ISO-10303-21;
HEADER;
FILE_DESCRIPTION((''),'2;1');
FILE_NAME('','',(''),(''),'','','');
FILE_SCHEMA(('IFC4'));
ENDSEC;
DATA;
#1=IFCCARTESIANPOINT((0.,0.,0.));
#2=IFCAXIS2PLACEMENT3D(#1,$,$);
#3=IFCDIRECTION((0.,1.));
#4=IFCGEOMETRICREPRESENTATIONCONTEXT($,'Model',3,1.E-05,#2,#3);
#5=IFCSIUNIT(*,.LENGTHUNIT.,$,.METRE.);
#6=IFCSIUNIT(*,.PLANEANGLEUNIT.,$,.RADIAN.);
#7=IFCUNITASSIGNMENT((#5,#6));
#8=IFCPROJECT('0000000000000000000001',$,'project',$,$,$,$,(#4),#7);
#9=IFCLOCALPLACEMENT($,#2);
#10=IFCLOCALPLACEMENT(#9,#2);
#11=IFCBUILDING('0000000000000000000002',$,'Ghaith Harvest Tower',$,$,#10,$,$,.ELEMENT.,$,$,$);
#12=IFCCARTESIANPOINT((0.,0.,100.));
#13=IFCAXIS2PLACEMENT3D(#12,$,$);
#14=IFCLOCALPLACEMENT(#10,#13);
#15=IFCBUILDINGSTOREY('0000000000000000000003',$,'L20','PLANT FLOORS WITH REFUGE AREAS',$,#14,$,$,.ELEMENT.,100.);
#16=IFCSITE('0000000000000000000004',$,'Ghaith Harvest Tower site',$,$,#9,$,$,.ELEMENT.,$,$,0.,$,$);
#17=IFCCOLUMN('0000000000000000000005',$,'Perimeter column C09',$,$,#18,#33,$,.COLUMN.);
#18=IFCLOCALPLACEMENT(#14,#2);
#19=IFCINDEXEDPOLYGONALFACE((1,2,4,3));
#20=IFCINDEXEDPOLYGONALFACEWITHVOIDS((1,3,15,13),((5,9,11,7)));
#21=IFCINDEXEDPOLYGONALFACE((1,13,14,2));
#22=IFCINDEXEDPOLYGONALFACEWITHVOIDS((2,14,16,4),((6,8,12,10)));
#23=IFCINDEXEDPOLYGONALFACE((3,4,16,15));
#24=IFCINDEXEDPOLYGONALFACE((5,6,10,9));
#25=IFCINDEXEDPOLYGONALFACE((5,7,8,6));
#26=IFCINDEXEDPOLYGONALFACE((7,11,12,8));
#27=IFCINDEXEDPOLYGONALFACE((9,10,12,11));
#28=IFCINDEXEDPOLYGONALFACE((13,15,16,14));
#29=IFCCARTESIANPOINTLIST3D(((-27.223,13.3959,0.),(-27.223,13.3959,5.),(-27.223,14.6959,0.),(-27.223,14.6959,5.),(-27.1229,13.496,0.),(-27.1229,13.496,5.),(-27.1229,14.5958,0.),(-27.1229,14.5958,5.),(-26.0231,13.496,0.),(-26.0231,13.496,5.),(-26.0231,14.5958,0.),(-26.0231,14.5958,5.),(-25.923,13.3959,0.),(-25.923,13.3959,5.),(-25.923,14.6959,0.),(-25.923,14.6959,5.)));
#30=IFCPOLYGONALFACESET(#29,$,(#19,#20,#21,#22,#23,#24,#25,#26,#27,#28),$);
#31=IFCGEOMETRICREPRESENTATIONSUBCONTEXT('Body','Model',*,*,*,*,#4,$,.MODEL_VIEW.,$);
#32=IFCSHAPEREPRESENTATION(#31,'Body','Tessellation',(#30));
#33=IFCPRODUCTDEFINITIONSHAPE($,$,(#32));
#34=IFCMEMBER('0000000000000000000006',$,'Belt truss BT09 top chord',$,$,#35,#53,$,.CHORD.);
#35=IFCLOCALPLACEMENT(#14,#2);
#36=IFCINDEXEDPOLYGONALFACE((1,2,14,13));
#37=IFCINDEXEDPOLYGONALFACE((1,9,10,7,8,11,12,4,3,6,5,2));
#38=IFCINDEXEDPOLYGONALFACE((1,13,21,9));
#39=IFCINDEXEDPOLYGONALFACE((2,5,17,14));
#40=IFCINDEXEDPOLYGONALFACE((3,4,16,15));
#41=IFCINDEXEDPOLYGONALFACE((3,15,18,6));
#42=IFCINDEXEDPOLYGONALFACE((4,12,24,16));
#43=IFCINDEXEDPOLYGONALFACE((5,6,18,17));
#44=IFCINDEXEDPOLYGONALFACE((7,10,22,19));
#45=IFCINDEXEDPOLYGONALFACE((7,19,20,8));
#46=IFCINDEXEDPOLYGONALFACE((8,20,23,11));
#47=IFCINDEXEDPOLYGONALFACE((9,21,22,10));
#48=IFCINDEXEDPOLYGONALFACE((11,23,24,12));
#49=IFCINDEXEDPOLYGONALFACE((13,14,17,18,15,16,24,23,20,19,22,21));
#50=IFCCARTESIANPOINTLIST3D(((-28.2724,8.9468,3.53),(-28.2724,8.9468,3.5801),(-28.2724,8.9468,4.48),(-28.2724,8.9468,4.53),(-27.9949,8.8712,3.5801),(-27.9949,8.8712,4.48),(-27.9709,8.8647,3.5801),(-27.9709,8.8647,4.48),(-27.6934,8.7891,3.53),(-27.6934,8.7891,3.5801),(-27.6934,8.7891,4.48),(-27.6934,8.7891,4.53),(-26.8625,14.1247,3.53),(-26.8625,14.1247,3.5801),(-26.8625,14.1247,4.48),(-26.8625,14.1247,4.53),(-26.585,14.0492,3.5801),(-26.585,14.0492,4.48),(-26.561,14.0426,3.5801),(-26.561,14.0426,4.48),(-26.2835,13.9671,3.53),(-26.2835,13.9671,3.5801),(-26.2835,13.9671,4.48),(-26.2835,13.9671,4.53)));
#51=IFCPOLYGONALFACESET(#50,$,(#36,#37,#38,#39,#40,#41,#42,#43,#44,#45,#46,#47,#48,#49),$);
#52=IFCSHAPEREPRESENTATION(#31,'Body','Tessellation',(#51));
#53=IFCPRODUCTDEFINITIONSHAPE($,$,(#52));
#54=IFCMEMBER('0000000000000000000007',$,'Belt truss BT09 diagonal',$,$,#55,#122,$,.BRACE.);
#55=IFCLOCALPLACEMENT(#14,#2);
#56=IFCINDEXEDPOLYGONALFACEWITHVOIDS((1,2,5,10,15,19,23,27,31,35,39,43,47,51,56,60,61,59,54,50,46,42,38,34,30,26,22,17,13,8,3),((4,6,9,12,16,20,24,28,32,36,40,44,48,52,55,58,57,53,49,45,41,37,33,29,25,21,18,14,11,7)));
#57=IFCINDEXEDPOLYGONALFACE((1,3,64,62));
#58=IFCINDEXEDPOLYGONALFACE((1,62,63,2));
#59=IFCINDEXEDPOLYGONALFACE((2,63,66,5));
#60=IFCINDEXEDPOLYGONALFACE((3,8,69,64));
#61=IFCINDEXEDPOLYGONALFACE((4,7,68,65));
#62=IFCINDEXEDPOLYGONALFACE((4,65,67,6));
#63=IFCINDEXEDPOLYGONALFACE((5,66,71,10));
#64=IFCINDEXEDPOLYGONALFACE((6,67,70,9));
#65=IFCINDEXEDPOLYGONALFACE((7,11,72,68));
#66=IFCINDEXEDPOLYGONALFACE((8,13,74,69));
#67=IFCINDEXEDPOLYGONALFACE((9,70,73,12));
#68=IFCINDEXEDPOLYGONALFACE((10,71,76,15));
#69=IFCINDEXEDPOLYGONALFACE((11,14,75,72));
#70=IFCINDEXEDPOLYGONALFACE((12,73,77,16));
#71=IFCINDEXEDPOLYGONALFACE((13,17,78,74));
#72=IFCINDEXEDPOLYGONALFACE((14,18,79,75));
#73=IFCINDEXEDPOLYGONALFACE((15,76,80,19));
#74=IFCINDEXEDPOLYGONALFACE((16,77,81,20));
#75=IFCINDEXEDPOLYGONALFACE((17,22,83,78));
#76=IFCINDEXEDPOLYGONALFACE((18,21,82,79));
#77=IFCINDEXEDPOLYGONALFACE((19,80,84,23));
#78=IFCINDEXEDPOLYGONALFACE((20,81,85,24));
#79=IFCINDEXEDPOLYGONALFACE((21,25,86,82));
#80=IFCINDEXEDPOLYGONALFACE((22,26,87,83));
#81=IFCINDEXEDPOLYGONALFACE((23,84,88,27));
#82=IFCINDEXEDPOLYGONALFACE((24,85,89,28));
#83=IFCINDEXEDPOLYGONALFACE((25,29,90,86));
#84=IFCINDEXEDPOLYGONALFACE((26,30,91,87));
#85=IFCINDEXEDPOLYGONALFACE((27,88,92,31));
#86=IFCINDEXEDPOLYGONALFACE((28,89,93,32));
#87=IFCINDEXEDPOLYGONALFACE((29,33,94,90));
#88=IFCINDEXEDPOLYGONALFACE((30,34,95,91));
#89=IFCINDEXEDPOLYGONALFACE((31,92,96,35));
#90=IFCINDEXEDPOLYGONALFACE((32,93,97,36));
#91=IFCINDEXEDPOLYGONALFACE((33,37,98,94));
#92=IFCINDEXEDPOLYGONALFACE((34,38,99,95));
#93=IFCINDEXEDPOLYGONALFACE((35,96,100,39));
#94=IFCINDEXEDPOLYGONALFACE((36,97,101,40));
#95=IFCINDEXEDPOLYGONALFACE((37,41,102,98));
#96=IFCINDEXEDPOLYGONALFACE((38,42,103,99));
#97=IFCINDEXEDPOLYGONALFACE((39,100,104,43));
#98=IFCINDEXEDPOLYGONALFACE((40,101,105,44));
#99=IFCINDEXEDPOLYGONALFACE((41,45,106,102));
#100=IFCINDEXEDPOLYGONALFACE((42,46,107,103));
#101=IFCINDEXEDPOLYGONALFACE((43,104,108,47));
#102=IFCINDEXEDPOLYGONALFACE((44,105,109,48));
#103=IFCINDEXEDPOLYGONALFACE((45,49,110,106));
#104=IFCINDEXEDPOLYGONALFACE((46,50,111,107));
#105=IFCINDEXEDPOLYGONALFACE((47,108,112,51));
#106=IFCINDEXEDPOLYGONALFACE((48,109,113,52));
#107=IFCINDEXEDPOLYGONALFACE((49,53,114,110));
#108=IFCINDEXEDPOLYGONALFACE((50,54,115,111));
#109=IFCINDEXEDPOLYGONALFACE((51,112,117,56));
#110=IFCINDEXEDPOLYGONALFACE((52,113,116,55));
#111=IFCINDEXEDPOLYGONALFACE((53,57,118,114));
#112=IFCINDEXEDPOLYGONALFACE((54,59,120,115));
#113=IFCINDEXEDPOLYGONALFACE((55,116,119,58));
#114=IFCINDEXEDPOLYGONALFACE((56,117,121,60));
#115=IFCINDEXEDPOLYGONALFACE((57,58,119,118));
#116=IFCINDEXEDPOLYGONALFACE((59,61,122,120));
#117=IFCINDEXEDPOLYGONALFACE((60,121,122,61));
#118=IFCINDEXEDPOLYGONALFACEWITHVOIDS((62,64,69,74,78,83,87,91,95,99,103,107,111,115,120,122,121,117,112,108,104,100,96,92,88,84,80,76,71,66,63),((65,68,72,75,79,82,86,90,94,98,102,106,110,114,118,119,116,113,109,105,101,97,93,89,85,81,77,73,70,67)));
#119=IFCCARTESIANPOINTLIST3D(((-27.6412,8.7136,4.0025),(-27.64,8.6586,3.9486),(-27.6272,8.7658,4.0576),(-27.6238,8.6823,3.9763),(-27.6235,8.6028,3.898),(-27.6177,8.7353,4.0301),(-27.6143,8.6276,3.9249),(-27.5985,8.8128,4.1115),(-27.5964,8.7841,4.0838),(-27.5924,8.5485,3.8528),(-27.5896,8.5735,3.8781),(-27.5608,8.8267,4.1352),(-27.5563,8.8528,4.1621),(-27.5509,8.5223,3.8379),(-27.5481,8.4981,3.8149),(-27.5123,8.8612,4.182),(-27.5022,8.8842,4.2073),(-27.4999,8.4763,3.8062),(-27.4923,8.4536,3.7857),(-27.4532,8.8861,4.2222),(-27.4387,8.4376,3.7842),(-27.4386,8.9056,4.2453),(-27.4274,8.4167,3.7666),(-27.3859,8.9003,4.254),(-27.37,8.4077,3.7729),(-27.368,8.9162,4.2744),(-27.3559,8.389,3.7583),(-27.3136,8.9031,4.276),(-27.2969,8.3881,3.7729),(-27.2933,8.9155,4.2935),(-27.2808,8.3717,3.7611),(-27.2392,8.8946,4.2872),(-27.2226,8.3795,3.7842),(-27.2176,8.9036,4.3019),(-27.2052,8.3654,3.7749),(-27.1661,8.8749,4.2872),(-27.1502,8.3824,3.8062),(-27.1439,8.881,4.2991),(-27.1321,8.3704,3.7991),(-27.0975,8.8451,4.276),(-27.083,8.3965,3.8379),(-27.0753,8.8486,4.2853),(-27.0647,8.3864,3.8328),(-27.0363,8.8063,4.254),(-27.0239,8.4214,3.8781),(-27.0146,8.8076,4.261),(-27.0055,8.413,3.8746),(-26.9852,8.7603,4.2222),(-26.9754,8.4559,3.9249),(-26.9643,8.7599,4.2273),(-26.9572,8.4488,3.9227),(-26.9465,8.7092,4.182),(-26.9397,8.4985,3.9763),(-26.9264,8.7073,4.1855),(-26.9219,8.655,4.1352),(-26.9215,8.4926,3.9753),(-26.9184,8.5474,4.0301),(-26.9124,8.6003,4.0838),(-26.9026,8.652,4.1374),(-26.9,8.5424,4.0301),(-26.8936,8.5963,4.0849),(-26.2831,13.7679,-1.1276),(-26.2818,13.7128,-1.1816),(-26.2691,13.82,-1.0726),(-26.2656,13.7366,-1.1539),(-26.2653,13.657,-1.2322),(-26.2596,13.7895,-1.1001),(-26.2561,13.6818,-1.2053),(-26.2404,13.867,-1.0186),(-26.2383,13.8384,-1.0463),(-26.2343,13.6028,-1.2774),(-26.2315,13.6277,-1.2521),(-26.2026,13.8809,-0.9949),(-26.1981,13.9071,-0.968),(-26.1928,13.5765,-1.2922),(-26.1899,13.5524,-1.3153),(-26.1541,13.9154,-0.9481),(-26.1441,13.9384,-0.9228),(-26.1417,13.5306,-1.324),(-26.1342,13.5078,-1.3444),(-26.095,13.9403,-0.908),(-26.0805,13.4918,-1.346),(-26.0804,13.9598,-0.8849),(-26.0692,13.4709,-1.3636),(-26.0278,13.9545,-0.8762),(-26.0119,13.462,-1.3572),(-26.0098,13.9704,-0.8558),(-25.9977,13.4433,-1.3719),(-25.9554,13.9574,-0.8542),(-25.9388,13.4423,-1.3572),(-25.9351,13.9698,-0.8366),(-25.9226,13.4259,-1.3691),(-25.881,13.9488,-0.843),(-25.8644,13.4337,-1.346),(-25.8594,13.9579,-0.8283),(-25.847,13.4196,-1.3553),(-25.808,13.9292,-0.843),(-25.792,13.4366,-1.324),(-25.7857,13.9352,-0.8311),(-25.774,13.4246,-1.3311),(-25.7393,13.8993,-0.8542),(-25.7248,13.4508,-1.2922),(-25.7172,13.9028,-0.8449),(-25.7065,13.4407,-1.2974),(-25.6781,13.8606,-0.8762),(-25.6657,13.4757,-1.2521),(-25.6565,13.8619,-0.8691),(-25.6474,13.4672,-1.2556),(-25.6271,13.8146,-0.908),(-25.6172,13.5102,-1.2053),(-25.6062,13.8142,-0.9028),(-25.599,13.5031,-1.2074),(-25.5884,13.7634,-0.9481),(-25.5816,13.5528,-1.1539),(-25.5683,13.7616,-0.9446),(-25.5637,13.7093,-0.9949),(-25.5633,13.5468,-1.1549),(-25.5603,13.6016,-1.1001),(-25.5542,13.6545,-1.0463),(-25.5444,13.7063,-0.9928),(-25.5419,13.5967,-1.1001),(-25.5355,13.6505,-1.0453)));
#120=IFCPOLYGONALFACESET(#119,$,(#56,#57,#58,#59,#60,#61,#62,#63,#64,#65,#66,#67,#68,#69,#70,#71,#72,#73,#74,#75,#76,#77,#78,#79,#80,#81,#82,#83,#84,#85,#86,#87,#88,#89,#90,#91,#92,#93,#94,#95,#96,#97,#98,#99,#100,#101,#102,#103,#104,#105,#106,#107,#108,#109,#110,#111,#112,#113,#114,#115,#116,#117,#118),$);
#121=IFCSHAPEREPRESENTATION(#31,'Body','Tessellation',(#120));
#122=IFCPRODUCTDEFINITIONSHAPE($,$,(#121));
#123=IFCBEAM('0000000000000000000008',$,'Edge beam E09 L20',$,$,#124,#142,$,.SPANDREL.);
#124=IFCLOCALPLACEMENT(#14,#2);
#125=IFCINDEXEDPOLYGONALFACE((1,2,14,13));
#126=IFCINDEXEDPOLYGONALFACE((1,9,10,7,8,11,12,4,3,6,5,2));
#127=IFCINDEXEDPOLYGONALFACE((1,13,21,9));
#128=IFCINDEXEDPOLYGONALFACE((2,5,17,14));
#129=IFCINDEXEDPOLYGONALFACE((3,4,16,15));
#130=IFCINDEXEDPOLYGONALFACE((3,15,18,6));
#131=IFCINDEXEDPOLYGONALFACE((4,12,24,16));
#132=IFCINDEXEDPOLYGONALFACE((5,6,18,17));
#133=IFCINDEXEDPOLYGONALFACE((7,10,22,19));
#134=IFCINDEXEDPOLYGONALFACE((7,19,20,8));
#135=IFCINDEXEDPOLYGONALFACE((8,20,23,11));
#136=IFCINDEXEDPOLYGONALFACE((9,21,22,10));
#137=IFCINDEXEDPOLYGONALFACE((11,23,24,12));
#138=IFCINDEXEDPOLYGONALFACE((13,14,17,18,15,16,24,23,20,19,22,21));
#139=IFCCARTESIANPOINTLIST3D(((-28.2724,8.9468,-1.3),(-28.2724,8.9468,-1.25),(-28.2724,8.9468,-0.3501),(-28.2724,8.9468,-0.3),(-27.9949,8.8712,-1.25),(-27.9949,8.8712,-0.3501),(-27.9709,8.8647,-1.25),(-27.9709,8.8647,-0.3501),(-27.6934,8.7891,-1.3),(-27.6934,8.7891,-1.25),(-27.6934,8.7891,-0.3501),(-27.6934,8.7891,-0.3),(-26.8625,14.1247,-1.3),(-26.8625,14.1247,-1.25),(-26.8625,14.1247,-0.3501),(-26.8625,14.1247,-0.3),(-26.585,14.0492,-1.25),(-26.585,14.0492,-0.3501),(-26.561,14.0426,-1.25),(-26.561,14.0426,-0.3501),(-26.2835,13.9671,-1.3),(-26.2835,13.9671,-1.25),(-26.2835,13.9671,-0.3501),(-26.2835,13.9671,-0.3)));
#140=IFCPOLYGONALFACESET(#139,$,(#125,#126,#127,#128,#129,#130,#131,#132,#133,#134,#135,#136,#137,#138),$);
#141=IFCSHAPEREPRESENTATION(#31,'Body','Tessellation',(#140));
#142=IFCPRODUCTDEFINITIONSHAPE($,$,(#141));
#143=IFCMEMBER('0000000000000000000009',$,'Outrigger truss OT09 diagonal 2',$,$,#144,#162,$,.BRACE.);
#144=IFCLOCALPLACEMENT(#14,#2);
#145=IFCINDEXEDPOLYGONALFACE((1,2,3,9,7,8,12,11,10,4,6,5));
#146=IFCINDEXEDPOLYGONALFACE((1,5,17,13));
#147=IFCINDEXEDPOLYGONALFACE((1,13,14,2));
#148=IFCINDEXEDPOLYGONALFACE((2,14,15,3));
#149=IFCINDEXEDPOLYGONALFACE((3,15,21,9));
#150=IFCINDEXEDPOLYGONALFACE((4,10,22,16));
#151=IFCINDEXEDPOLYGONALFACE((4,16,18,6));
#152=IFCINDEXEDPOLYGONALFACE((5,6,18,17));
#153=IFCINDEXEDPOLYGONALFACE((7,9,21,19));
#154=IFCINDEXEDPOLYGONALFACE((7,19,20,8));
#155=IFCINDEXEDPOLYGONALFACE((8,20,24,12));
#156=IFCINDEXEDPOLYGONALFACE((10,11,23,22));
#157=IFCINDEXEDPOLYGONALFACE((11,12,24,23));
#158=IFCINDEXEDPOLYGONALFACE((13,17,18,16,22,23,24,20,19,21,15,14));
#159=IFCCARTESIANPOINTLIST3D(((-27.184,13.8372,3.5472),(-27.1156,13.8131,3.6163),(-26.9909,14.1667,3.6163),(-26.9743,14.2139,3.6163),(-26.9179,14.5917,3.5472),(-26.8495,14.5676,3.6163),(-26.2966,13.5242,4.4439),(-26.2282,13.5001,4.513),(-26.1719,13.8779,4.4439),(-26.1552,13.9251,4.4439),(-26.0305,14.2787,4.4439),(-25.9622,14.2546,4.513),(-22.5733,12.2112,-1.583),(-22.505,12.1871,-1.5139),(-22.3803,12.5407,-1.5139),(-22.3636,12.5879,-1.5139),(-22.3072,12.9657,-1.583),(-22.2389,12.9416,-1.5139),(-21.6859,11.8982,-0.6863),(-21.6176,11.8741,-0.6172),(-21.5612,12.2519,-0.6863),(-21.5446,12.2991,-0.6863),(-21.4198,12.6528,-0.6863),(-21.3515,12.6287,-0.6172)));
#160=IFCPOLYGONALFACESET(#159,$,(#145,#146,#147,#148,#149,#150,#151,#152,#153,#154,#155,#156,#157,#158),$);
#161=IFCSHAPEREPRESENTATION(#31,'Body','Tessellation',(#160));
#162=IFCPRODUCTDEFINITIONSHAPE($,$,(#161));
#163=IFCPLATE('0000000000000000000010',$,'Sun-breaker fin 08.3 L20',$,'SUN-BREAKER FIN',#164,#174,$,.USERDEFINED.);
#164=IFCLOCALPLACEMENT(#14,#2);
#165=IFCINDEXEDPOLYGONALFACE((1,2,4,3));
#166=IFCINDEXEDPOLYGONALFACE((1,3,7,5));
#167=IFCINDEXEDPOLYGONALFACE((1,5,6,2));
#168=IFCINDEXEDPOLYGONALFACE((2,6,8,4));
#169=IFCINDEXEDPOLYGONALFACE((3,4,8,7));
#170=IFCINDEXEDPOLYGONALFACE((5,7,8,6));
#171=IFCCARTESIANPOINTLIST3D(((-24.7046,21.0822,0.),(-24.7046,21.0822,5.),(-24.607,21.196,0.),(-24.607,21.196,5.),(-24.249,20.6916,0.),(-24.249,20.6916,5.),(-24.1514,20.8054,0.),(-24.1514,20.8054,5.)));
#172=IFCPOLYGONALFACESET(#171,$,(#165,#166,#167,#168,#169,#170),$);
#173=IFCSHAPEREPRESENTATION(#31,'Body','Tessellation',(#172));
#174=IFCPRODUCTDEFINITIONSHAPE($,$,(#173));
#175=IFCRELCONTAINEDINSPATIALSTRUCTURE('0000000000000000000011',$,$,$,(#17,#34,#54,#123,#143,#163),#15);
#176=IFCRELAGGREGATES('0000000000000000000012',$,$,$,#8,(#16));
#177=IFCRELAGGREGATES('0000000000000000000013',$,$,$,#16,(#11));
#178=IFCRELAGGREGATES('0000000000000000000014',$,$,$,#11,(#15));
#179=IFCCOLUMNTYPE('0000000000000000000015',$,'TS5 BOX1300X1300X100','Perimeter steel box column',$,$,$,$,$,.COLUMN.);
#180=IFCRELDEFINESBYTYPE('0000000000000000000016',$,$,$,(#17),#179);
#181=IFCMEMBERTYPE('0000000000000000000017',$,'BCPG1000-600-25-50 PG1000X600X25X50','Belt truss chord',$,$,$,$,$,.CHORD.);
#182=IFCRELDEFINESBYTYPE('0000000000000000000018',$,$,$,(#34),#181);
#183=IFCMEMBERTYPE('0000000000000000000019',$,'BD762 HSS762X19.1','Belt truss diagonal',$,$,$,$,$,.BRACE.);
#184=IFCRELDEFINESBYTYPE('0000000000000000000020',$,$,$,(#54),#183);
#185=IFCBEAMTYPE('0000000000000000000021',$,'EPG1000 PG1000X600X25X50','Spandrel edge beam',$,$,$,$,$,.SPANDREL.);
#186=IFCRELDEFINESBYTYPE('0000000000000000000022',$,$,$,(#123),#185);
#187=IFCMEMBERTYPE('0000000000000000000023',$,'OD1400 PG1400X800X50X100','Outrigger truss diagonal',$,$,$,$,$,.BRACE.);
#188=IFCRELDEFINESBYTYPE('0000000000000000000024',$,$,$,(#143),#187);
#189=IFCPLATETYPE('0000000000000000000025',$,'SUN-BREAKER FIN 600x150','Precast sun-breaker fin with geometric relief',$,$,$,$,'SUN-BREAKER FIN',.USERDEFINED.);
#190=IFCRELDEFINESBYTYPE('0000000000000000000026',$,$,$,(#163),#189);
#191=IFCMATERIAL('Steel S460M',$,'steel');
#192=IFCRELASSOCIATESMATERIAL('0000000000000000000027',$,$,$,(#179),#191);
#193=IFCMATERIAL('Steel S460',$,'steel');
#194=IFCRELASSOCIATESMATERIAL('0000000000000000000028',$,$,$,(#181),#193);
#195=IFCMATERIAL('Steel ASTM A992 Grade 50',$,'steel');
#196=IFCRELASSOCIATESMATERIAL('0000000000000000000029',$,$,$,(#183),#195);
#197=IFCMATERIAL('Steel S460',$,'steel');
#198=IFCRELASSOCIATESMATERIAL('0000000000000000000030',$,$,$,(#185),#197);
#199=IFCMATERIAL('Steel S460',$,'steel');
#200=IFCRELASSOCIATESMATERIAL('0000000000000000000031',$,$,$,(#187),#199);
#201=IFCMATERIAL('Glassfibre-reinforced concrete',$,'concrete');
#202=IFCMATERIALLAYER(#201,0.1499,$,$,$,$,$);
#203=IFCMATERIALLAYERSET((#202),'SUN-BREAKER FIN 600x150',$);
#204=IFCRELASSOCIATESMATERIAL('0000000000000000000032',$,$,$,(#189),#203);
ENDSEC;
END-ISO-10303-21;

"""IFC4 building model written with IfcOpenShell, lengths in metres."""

from ifc_helpers import new_model, si_unit, direction, frame, origin, origin_2d, place, context, subcontext, project, spatial, rectangle, hollow_rectangle, hollow_circle, i_section, extrude, material, layer, layer_set, material_profile, profile_set, type_object, element, save


model = new_model("IFC4")

# Units and contexts
model_context = context("Model", 3, precision=1e-05, world=origin(), true_north=direction((0.0, 1.0)))
body_context = subcontext(model_context, "Body", "Model", "MODEL_VIEW")
ifc_project = project(units=[si_unit("LENGTHUNIT", "METRE"), si_unit("PLANEANGLEUNIT", "RADIAN")], contexts=[model_context])

# Site, building, storey
site_placement = place(None, origin())
site = spatial("IfcSite", under=ifc_project, at=site_placement, Name="Ghaith Harvest Tower site", CompositionType="ELEMENT", RefElevation=0.0)
building_placement = place(site_placement, origin())
building = spatial("IfcBuilding", under=site, at=building_placement, Name="Ghaith Harvest Tower", CompositionType="ELEMENT")
storey_placement = place(building_placement, frame((0.0, 0.0, 100.0)))
storey = spatial("IfcBuildingStorey", under=building, at=storey_placement, Name="L20", Description="PLANT FLOORS WITH REFUGE AREAS", CompositionType="ELEMENT", Elevation=100.0)

# Column
ifc_material_1 = material(Name="Steel S460M", Category="steel")
ifc_material_profile_1 = material_profile(ifc_material_1, hollow_rectangle(XDim=1.3, YDim=1.3, WallThickness=0.1001, at=origin_2d()), Name="BOX1300X1300X100")
ifc_profile_set_1 = profile_set([ifc_material_profile_1], Name="Steel S460M")
column_type = type_object("IfcColumnType", Name="TS5 BOX1300X1300X100", Description="Perimeter steel box column", PredefinedType="COLUMN", material=ifc_profile_set_1)
column_placement = place(storey_placement, frame((-26.573, 14.0459, 0.0), z_axis=(0.0, 0.0, 1.0), x_axis=(1.0, 0.0, 0.0)))
element("IfcColumn", 1, at=column_placement, inside=storey, type_object=column_type, Name="Perimeter column C09", PredefinedType="COLUMN", context=body_context, shape_type="SweptSolid", body=[
    extrude(hollow_rectangle(XDim=1.3, YDim=1.3, WallThickness=0.1001, at=origin_2d()), origin(), (0.0, 0.0, 1.0), 5.0),
])

# Members
ifc_material_2 = material(Name="Steel S460", Category="steel")
ifc_material_profile_2 = material_profile(ifc_material_2, i_section(OverallWidth=0.6001, OverallDepth=1.0, WebThickness=0.0249, FlangeThickness=0.05, at=origin_2d()), Name="PG1000X600X25X50")
ifc_profile_set_2 = profile_set([ifc_material_profile_2], Name="Steel S460")
member_type_1 = type_object("IfcMemberType", Name="BCPG1000-600-25-50 PG1000X600X25X50", Description="Belt truss chord", PredefinedType="CHORD", material=ifc_profile_set_2)
member_1_placement = place(storey_placement, frame((-26.573, 14.0459, 4.03), z_axis=(-0.262725, -0.964871, 0.0), x_axis=(0.964871, -0.262725, 0.0)))
element("IfcMember", 2, at=member_1_placement, inside=storey, type_object=member_type_1, Name="Belt truss BT09 top chord", PredefinedType="CHORD", context=body_context, shape_type="SweptSolid", body=[
    extrude(i_section(OverallWidth=0.6001, OverallDepth=1.0, WebThickness=0.0249, FlangeThickness=0.05, at=origin_2d()), origin(), (0.0, 0.0, 1.0), 5.3665),
])
ifc_material_3 = material(Name="Steel ASTM A992 Grade 50", Category="steel")
ifc_material_profile_3 = material_profile(ifc_material_3, hollow_circle(Radius=0.3811, WallThickness=0.019, at=origin_2d()), Name="HSS762X19.1")
ifc_profile_set_3 = profile_set([ifc_material_profile_3], Name="Steel ASTM A992 Grade 50")
member_type_2 = type_object("IfcMemberType", Name="BD762 HSS762X19.1", Description="Belt truss diagonal", PredefinedType="BRACE", material=ifc_profile_set_3)
member_2_placement = place(storey_placement, frame((-25.9099, 13.6956, -1.1001), z_axis=(-0.185324, -0.689658, 0.700019), x_axis=(0.96574, -0.259512, 0.0)))
element("IfcMember", 3, at=member_2_placement, inside=storey, type_object=member_type_2, Name="Belt truss BT09 diagonal", PredefinedType="BRACE", context=body_context, shape_type="SweptSolid", body=[
    extrude(hollow_circle(Radius=0.3811, WallThickness=0.019, at=origin_2d()), origin(), (0.0, 0.0, 1.0), 7.3286),
])

# Beam
ifc_material_4 = material(Name="Steel S460", Category="steel")
ifc_material_profile_4 = material_profile(ifc_material_4, i_section(OverallWidth=0.6001, OverallDepth=1.0, WebThickness=0.0249, FlangeThickness=0.05, at=origin_2d()), Name="PG1000X600X25X50")
ifc_profile_set_4 = profile_set([ifc_material_profile_4], Name="Steel S460")
beam_type = type_object("IfcBeamType", Name="EPG1000 PG1000X600X25X50", Description="Spandrel edge beam", PredefinedType="SPANDREL", material=ifc_profile_set_4)
beam_placement = place(storey_placement, frame((-26.573, 14.0459, -0.8), z_axis=(-0.262725, -0.964871, 0.0), x_axis=(0.964871, -0.262725, 0.0)))
element("IfcBeam", 4, at=beam_placement, inside=storey, type_object=beam_type, Name="Edge beam E09 L20", PredefinedType="SPANDREL", context=body_context, shape_type="SweptSolid", body=[
    extrude(i_section(OverallWidth=0.6001, OverallDepth=1.0, WebThickness=0.0249, FlangeThickness=0.05, at=origin_2d()), origin(), (0.0, 0.0, 1.0), 5.3665),
])

# Member
ifc_material_5 = material(Name="Steel S460", Category="steel")
ifc_material_profile_5 = material_profile(ifc_material_5, i_section(OverallWidth=0.8, OverallDepth=1.3999, WebThickness=0.05, FlangeThickness=0.1001, at=origin_2d()), Name="PG1400X800X50X100")
ifc_profile_set_5 = profile_set([ifc_material_profile_5], Name="Steel S460")
member_type_3 = type_object("IfcMemberType", Name="OD1400 PG1400X800X50X100", Description="Outrigger truss diagonal", PredefinedType="BRACE", material=ifc_profile_set_5)
member_3_placement = place(storey_placement, frame((-21.9624, 12.4199, -1.1001), z_axis=(-0.65061, 0.229445, 0.723922), x_axis=(-0.332585, -0.943073, 0.0)))
element("IfcMember", 5, at=member_3_placement, inside=storey, type_object=member_type_3, Name="Outrigger truss OT09 diagonal 2", PredefinedType="BRACE", context=body_context, shape_type="SweptSolid", body=[
    extrude(i_section(OverallWidth=0.8, OverallDepth=1.3999, WebThickness=0.05, FlangeThickness=0.1001, at=origin_2d()), origin(), (0.0, 0.0, 1.0), 7.0867),
])

# Plate
ifc_material_6 = material(Name="Glassfibre-reinforced concrete", Category="concrete")
ifc_layer_1 = layer(ifc_material_6, 0.1499)
ifc_layer_set_1 = layer_set([ifc_layer_1], Name="SUN-BREAKER FIN 600x150")
plate_type = type_object("IfcPlateType", Name="SUN-BREAKER FIN 600x150", Description="Precast sun-breaker fin with geometric relief", ElementType="SUN-BREAKER FIN", PredefinedType="USERDEFINED", material=ifc_layer_set_1)
for number, where, z_axis, x_axis, name in (
    (6, (-24.428, 20.9438, 0.0), (0.0, 0.0, 1.0), (-0.75917, 0.650893, 0.0), "Sun-breaker fin 08.3 L20"),
):
    element("IfcPlate", number, at=place(storey_placement, frame(where, z_axis=z_axis, x_axis=x_axis)), inside=storey, type_object=plate_type, Name=name, ObjectType="SUN-BREAKER FIN", PredefinedType="USERDEFINED", context=body_context, shape_type="SweptSolid", body=[
        extrude(rectangle(XDim=0.6001, YDim=0.1499, at=origin_2d()), origin(), (0.0, 0.0, 1.0), 5.0),
    ])

save(model, "model.ifc")
